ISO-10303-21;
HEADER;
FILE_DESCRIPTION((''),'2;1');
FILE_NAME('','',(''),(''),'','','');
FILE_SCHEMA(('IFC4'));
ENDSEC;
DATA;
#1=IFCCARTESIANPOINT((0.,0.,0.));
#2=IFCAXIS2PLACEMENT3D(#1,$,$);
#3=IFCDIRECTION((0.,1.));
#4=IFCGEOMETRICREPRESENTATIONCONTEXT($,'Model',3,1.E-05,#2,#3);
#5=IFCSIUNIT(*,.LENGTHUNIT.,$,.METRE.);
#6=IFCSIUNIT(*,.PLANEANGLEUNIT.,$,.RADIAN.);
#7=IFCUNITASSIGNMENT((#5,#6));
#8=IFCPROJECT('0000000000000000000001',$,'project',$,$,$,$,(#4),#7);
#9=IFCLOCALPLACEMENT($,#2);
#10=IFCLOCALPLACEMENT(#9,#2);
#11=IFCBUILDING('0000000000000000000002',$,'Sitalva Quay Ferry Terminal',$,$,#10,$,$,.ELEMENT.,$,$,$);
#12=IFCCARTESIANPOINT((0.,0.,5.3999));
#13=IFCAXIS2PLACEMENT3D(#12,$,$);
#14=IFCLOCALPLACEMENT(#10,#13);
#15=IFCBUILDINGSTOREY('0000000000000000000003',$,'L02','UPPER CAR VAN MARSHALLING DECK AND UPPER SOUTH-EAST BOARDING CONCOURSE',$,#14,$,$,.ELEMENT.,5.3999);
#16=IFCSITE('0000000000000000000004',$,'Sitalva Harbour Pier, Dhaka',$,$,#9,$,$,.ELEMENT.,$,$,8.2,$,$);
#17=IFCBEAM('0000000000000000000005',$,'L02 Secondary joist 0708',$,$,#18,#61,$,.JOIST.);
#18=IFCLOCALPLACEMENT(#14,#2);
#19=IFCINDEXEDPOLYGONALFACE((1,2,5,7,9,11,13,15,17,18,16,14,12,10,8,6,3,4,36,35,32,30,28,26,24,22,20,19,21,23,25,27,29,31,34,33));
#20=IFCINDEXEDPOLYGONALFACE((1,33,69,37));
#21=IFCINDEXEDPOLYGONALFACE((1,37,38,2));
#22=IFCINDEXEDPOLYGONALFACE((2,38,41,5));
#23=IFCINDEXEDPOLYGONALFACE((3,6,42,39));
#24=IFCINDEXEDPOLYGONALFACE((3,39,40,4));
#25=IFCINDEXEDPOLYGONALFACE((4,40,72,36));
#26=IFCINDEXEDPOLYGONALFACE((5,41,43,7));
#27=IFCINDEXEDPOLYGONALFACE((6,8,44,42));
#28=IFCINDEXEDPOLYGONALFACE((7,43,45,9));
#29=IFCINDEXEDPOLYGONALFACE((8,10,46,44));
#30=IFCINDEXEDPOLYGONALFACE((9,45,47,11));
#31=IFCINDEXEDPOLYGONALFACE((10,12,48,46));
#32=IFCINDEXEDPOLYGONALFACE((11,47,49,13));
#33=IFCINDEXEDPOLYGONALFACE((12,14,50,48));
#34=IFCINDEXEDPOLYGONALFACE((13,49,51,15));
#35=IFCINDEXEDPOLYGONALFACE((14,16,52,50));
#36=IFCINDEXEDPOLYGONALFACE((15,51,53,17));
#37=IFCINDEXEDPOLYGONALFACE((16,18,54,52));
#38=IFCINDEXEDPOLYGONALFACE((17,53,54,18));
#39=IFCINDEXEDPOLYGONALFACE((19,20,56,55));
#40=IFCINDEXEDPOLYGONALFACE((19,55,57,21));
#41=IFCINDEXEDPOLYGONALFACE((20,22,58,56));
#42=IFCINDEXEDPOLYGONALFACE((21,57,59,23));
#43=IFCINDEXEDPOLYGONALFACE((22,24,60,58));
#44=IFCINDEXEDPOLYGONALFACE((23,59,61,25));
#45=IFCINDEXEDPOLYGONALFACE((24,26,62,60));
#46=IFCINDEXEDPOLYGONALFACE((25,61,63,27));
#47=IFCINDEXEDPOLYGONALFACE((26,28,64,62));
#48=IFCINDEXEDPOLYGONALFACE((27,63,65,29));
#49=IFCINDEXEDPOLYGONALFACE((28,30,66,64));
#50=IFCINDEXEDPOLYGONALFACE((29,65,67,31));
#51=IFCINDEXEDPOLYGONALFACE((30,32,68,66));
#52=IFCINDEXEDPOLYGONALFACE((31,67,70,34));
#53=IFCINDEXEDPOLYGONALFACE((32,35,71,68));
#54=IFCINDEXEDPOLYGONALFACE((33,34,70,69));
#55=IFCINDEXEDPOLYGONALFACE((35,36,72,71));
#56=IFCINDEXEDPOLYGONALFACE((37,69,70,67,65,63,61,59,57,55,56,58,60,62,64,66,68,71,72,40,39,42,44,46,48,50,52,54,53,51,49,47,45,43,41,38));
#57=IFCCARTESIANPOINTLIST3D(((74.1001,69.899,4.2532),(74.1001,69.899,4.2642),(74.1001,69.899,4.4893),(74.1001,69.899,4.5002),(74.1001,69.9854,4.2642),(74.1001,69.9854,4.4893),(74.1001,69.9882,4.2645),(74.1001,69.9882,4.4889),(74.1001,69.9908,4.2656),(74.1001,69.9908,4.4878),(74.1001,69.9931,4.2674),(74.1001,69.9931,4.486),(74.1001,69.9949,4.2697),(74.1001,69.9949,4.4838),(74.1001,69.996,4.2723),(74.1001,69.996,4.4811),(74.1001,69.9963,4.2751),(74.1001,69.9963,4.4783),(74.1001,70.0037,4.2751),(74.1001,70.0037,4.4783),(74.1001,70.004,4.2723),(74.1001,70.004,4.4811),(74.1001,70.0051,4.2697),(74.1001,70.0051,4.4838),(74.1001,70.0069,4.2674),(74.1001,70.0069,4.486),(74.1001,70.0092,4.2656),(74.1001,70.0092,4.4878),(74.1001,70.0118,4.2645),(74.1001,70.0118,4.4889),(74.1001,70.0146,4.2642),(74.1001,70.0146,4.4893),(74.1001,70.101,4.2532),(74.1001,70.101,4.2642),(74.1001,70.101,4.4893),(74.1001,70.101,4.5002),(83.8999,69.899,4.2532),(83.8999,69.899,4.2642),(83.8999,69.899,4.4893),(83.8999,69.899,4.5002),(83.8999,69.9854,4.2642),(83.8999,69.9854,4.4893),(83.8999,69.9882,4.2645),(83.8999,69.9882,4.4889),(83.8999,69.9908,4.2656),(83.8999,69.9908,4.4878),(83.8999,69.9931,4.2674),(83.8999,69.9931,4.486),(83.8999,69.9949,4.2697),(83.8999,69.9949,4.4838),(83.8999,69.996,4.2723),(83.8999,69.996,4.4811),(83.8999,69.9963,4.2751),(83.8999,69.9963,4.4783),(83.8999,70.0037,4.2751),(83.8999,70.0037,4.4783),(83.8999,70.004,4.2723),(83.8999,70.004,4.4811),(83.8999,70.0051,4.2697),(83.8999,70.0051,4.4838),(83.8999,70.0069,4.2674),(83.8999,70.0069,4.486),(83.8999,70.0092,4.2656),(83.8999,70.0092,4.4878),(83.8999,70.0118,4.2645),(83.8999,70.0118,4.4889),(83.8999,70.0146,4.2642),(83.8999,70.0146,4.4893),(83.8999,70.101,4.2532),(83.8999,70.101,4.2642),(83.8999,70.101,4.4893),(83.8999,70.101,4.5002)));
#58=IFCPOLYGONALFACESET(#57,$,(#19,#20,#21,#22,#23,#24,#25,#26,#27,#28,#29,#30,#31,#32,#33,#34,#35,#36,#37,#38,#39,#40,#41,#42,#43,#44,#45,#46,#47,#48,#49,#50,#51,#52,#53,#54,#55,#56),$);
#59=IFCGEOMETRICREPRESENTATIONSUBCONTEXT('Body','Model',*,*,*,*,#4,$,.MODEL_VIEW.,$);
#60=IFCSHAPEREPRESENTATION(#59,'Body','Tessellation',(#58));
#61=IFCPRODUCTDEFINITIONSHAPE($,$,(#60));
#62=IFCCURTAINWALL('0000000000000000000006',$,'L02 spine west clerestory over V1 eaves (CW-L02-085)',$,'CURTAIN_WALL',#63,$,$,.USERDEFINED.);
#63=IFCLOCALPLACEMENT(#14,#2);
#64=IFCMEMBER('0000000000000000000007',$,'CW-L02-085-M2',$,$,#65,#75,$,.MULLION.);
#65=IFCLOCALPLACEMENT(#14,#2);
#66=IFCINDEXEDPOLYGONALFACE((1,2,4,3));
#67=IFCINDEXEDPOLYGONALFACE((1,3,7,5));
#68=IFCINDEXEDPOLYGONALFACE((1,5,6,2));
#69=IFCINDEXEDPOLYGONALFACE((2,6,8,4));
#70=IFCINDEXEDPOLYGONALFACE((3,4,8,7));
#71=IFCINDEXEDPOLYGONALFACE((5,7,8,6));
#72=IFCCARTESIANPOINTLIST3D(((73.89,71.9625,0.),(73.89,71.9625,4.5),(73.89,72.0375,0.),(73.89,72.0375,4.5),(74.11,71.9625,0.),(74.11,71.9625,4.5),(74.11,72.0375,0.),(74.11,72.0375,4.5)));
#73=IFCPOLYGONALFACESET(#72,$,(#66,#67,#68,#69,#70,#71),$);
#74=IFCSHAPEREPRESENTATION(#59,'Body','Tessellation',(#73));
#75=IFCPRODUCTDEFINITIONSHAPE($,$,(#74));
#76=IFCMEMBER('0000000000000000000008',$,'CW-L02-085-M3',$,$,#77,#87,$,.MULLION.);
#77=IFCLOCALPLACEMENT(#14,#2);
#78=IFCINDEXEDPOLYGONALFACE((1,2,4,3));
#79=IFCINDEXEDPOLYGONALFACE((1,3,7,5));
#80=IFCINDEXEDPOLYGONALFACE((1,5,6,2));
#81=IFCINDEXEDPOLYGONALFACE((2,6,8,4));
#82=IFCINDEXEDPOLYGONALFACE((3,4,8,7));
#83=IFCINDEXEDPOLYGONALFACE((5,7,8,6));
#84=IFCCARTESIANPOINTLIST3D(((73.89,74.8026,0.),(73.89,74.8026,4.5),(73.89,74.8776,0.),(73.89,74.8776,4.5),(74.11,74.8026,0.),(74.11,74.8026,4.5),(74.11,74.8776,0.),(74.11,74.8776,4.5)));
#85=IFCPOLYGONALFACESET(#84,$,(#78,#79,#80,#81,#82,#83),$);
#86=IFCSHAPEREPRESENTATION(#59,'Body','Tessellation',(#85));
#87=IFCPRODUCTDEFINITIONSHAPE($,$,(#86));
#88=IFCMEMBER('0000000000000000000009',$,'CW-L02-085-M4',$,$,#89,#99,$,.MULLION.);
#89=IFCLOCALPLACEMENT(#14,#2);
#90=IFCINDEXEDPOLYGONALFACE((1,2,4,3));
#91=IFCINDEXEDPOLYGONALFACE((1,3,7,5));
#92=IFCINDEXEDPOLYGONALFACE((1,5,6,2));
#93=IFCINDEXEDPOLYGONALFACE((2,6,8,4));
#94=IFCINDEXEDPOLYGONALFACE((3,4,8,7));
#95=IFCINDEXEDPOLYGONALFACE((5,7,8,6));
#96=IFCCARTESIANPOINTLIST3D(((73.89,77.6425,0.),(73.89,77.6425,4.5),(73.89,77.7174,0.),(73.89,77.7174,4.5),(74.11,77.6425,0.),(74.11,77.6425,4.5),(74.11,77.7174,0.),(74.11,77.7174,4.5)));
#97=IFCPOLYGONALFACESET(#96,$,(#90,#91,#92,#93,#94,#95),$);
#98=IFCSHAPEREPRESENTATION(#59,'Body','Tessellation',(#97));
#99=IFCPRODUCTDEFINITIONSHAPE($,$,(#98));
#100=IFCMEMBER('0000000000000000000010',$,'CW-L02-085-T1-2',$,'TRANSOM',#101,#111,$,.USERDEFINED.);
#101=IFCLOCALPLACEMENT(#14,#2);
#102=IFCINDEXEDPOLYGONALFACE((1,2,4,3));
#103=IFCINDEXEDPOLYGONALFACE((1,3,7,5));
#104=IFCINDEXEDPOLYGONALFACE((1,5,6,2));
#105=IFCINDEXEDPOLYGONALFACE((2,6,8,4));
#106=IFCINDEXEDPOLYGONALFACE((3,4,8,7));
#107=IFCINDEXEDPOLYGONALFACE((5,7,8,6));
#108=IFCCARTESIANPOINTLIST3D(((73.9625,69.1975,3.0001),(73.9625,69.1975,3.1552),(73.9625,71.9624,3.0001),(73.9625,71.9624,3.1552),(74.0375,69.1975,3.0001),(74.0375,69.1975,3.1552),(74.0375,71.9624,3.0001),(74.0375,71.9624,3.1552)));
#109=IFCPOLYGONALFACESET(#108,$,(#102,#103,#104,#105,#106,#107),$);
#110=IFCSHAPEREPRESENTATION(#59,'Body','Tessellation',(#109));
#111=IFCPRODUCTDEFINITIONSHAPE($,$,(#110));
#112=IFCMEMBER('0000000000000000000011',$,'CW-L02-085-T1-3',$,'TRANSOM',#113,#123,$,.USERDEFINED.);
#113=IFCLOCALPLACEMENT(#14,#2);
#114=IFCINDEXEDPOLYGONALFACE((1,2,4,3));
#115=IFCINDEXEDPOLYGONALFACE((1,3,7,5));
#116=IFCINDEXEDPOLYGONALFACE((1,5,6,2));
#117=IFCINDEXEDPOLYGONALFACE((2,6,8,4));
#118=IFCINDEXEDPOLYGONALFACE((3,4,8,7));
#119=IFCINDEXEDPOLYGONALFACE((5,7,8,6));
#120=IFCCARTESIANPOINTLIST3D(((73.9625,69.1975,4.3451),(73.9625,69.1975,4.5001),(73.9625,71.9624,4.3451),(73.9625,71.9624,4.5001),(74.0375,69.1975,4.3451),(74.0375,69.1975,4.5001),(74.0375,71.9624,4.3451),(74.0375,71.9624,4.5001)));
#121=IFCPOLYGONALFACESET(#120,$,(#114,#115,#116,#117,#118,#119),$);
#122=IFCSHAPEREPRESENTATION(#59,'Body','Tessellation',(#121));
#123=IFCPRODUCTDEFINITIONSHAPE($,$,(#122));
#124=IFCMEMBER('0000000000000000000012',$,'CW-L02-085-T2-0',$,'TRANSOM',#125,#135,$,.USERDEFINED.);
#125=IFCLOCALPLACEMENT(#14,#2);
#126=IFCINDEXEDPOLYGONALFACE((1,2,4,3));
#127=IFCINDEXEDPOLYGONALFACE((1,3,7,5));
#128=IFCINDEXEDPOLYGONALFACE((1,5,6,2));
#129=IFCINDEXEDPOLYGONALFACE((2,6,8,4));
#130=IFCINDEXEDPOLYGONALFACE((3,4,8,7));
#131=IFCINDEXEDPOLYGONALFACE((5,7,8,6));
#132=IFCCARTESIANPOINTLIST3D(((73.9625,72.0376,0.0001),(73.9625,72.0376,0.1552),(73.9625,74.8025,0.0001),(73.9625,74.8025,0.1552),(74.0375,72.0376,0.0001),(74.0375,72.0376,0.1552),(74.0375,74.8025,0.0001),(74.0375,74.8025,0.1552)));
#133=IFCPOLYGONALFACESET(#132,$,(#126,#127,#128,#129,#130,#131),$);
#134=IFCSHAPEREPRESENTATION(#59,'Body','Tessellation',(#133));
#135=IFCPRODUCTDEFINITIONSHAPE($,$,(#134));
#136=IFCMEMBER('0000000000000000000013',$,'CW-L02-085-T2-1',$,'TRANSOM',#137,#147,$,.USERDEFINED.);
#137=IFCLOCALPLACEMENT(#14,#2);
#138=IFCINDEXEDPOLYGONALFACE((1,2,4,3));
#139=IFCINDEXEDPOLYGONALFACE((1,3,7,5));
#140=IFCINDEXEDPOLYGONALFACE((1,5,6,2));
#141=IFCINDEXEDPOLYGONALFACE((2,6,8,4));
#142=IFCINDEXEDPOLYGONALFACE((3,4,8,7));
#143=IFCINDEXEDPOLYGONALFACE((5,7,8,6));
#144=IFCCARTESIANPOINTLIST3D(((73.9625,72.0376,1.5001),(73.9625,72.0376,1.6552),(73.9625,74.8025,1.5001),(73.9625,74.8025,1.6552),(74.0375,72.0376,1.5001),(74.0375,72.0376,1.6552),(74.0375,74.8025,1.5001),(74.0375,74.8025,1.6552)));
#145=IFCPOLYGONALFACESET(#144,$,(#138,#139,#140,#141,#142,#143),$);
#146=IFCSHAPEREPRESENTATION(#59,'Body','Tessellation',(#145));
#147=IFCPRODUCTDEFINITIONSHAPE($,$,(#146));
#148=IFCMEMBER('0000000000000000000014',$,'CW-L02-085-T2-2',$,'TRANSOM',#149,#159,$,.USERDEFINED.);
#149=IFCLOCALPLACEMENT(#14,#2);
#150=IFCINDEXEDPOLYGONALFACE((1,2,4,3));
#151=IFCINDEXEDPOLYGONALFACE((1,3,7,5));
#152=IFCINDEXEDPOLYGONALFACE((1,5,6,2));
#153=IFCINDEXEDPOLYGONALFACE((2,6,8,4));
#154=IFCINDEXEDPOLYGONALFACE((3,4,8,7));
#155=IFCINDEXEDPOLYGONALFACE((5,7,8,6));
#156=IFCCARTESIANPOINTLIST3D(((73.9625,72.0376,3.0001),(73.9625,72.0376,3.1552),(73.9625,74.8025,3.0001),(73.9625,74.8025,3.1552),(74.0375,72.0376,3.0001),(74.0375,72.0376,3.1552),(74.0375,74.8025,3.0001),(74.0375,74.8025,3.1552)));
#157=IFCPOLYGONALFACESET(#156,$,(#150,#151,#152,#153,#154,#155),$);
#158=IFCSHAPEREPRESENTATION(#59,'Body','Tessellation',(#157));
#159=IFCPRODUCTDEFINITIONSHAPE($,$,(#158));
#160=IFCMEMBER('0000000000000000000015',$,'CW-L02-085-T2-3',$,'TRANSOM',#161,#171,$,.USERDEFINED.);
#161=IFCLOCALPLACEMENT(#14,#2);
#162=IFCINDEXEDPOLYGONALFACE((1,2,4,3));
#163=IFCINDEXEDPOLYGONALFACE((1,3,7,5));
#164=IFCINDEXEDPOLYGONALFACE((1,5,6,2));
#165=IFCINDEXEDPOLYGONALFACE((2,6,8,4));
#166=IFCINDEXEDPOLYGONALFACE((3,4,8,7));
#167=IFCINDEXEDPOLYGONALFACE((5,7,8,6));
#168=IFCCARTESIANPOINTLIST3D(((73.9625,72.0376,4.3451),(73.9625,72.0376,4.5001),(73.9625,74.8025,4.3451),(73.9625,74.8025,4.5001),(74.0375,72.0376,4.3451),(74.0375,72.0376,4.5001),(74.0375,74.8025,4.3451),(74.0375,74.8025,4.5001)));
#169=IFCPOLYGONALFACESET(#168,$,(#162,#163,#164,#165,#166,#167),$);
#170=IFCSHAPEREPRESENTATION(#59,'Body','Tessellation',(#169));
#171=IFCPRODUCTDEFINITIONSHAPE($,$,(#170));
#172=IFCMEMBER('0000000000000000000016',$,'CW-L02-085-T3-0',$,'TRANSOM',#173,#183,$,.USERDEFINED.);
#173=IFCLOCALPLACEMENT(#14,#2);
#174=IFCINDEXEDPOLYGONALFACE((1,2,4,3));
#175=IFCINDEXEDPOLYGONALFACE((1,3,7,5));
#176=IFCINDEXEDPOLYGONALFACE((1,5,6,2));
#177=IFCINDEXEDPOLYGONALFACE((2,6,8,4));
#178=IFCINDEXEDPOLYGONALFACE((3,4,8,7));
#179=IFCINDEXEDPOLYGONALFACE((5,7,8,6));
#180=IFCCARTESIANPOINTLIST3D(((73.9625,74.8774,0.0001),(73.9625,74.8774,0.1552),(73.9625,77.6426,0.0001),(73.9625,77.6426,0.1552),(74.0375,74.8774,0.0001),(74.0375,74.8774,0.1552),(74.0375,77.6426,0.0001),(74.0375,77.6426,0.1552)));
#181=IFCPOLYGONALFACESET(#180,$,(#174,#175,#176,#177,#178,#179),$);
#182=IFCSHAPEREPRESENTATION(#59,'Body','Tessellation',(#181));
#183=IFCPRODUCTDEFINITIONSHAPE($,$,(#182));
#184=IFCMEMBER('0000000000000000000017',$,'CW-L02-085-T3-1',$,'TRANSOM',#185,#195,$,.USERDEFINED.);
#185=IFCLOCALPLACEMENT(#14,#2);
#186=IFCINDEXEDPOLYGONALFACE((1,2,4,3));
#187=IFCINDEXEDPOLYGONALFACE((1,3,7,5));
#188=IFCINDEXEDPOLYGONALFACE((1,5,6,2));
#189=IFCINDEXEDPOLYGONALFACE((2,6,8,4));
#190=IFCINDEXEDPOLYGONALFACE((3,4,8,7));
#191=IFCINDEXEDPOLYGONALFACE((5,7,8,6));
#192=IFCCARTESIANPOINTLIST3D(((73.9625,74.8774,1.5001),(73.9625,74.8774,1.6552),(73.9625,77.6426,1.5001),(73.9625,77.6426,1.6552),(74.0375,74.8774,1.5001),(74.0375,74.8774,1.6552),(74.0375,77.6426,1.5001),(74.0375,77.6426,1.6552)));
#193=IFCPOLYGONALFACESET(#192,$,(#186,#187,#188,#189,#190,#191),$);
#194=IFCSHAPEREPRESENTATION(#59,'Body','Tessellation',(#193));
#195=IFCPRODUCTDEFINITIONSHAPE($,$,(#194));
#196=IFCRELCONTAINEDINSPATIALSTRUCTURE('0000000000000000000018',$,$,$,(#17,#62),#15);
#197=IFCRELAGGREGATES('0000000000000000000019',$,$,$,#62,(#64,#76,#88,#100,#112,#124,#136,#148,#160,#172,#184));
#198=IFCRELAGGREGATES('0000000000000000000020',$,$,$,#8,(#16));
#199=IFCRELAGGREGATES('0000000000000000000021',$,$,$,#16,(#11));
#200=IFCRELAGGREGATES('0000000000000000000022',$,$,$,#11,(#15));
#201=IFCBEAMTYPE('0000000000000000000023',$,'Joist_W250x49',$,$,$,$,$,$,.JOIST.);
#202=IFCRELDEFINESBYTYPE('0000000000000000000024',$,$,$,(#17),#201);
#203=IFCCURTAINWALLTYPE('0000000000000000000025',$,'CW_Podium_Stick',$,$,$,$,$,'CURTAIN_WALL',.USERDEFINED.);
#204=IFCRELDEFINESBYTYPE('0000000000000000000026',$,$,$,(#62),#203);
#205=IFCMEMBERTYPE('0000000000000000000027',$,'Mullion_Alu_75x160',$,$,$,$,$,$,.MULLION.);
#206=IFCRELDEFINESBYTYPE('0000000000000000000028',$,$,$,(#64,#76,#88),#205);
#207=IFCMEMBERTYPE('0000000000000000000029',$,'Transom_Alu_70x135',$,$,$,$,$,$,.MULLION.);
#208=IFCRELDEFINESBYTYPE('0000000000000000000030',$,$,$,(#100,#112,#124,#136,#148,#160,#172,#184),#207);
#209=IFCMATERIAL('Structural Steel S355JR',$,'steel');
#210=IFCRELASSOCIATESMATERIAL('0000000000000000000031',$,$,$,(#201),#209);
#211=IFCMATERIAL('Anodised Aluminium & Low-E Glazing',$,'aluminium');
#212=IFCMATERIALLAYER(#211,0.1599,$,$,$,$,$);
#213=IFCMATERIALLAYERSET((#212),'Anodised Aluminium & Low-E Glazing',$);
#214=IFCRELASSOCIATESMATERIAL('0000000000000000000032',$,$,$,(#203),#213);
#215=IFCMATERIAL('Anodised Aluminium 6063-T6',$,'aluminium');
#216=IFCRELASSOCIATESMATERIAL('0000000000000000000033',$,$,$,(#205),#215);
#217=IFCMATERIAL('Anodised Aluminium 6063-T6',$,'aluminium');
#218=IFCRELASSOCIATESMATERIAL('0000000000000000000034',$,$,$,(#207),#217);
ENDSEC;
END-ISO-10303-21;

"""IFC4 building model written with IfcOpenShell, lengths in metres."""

from ifc_helpers import new_model, si_unit, direction, frame, origin, origin_2d, place, context, subcontext, project, spatial, rectangle, i_section, extrude, material, layer, layer_set, material_profile, profile_set, type_object, element, aggregate, save


model = new_model("IFC4")

# Units and contexts
model_context = context("Model", 3, precision=1e-05, world=origin(), true_north=direction((0.0, 1.0)))
body_context = subcontext(model_context, "Body", "Model", "MODEL_VIEW")
ifc_project = project(units=[si_unit("LENGTHUNIT", "METRE"), si_unit("PLANEANGLEUNIT", "RADIAN")], contexts=[model_context])

# Site, building, storey
site_placement = place(None, origin())
site = spatial("IfcSite", under=ifc_project, at=site_placement, Name="Sitalva Harbour Pier, Dhaka", CompositionType="ELEMENT", RefElevation=8.2)
building_placement = place(site_placement, origin())
building = spatial("IfcBuilding", under=site, at=building_placement, Name="Sitalva Quay Ferry Terminal", CompositionType="ELEMENT")
storey_placement = place(building_placement, frame((0.0, 0.0, 5.3999)))
storey = spatial("IfcBuildingStorey", under=building, at=storey_placement, Name="L02", Description="UPPER CAR VAN MARSHALLING DECK AND UPPER SOUTH-EAST BOARDING CONCOURSE", CompositionType="ELEMENT", Elevation=5.3999)

# Beam
ifc_material_1 = material(Name="Structural Steel S355JR", Category="steel")
ifc_material_profile_1 = material_profile(ifc_material_1, i_section(OverallWidth=0.2019, OverallDepth=0.2471, WebThickness=0.0073, FlangeThickness=0.011, FilletRadius=0.011, at=origin_2d()), Name="W250x49")
ifc_profile_set_1 = profile_set([ifc_material_profile_1], Name="Structural Steel S355JR")
beam_type = type_object("IfcBeamType", Name="Joist_W250x49", PredefinedType="JOIST", material=ifc_profile_set_1)
beam_placement = place(storey_placement, frame((74.1001, 70.0, 4.3767), z_axis=(1.0, 0.0, 0.0), x_axis=(0.0, 1.0, 0.0)))
element("IfcBeam", 1, at=beam_placement, inside=storey, type_object=beam_type, Name="L02 Secondary joist 0708", PredefinedType="JOIST", context=body_context, shape_type="SweptSolid", body=[
    extrude(i_section(OverallWidth=0.2019, OverallDepth=0.2471, WebThickness=0.0073, FlangeThickness=0.011, FilletRadius=0.011, at=origin_2d()), origin(), (0.0, 0.0, 1.0), 9.7998),
])

# Curtain wall, members
ifc_material_2 = material(Name="Anodised Aluminium & Low-E Glazing", Category="aluminium")
ifc_layer_1 = layer(ifc_material_2, 0.1599)
ifc_layer_set_1 = layer_set([ifc_layer_1], Name="Anodised Aluminium & Low-E Glazing")
curtain_wall_type = type_object("IfcCurtainWallType", Name="CW_Podium_Stick", ElementType="CURTAIN_WALL", PredefinedType="USERDEFINED", material=ifc_layer_set_1)
curtain_wall_placement = place(storey_placement, origin())
curtain_wall = element("IfcCurtainWall", 2, at=curtain_wall_placement, inside=storey, type_object=curtain_wall_type, Name="L02 spine west clerestory over V1 eaves (CW-L02-085)", ObjectType="CURTAIN_WALL", PredefinedType="USERDEFINED")
ifc_material_3 = material(Name="Anodised Aluminium 6063-T6", Category="aluminium")
ifc_material_profile_2 = material_profile(ifc_material_3, rectangle(XDim=0.075, YDim=0.22, at=origin_2d()), Name="ALU75x220")
ifc_profile_set_2 = profile_set([ifc_material_profile_2], Name="Anodised Aluminium 6063-T6")
member_type_1 = type_object("IfcMemberType", Name="Mullion_Alu_75x160", PredefinedType="MULLION", material=ifc_profile_set_2)
member_1_placement = place(storey_placement, frame((74.0, 72.0, 0.0), z_axis=(0.0, 0.0, 1.0), x_axis=(0.0, 1.0, 0.0)))
member_1 = element("IfcMember", 3, at=member_1_placement, type_object=member_type_1, Name="CW-L02-085-M2", PredefinedType="MULLION", context=body_context, shape_type="SweptSolid", body=[
    extrude(rectangle(XDim=0.075, YDim=0.22, at=origin_2d()), origin(), (0.0, 0.0, 1.0), 4.5),
])
member_2_placement = place(storey_placement, frame((74.0, 74.8401, 0.0), z_axis=(0.0, 0.0, 1.0), x_axis=(0.0, 1.0, 0.0)))
member_2 = element("IfcMember", 4, at=member_2_placement, type_object=member_type_1, Name="CW-L02-085-M3", PredefinedType="MULLION", context=body_context, shape_type="SweptSolid", body=[
    extrude(rectangle(XDim=0.075, YDim=0.22, at=origin_2d()), origin(), (0.0, 0.0, 1.0), 4.5),
])
member_3_placement = place(storey_placement, frame((74.0, 77.6799, 0.0), z_axis=(0.0, 0.0, 1.0), x_axis=(0.0, 1.0, 0.0)))
member_3 = element("IfcMember", 5, at=member_3_placement, type_object=member_type_1, Name="CW-L02-085-M4", PredefinedType="MULLION", context=body_context, shape_type="SweptSolid", body=[
    extrude(rectangle(XDim=0.075, YDim=0.22, at=origin_2d()), origin(), (0.0, 0.0, 1.0), 4.5),
])
ifc_material_4 = material(Name="Anodised Aluminium 6063-T6", Category="aluminium")
ifc_material_profile_3 = material_profile(ifc_material_4, rectangle(XDim=0.075, YDim=0.155, at=origin_2d()), Name="ALU75x155")
ifc_profile_set_3 = profile_set([ifc_material_profile_3], Name="Anodised Aluminium 6063-T6")
member_type_2 = type_object("IfcMemberType", Name="Transom_Alu_70x135", PredefinedType="MULLION", material=ifc_profile_set_3)
member_4_placement = place(storey_placement, frame((74.0, 69.1975, 3.0776), z_axis=(0.0, 1.0, 0.0), x_axis=(-1.0, 0.0, 0.0)))
member_4 = element("IfcMember", 6, at=member_4_placement, type_object=member_type_2, Name="CW-L02-085-T1-2", ObjectType="TRANSOM", PredefinedType="USERDEFINED", context=body_context, shape_type="SweptSolid", body=[
    extrude(rectangle(XDim=0.075, YDim=0.155, at=origin_2d()), origin(), (0.0, 0.0, 1.0), 2.7649),
])
member_5_placement = place(storey_placement, frame((74.0, 69.1975, 4.4226), z_axis=(0.0, 1.0, 0.0), x_axis=(-1.0, 0.0, 0.0)))
member_5 = element("IfcMember", 7, at=member_5_placement, type_object=member_type_2, Name="CW-L02-085-T1-3", ObjectType="TRANSOM", PredefinedType="USERDEFINED", context=body_context, shape_type="SweptSolid", body=[
    extrude(rectangle(XDim=0.075, YDim=0.155, at=origin_2d()), origin(), (0.0, 0.0, 1.0), 2.7649),
])
member_6_placement = place(storey_placement, frame((74.0, 72.0376, 0.0776), z_axis=(0.0, 1.0, 0.0), x_axis=(-1.0, 0.0, 0.0)))
member_6 = element("IfcMember", 8, at=member_6_placement, type_object=member_type_2, Name="CW-L02-085-T2-0", ObjectType="TRANSOM", PredefinedType="USERDEFINED", context=body_context, shape_type="SweptSolid", body=[
    extrude(rectangle(XDim=0.075, YDim=0.155, at=origin_2d()), origin(), (0.0, 0.0, 1.0), 2.7649),
])
member_7_placement = place(storey_placement, frame((74.0, 72.0376, 1.5776), z_axis=(0.0, 1.0, 0.0), x_axis=(-1.0, 0.0, 0.0)))
member_7 = element("IfcMember", 9, at=member_7_placement, type_object=member_type_2, Name="CW-L02-085-T2-1", ObjectType="TRANSOM", PredefinedType="USERDEFINED", context=body_context, shape_type="SweptSolid", body=[
    extrude(rectangle(XDim=0.075, YDim=0.155, at=origin_2d()), origin(), (0.0, 0.0, 1.0), 2.7649),
])
member_8_placement = place(storey_placement, frame((74.0, 72.0376, 3.0776), z_axis=(0.0, 1.0, 0.0), x_axis=(-1.0, 0.0, 0.0)))
member_8 = element("IfcMember", 10, at=member_8_placement, type_object=member_type_2, Name="CW-L02-085-T2-2", ObjectType="TRANSOM", PredefinedType="USERDEFINED", context=body_context, shape_type="SweptSolid", body=[
    extrude(rectangle(XDim=0.075, YDim=0.155, at=origin_2d()), origin(), (0.0, 0.0, 1.0), 2.7649),
])
member_9_placement = place(storey_placement, frame((74.0, 72.0376, 4.4226), z_axis=(0.0, 1.0, 0.0), x_axis=(-1.0, 0.0, 0.0)))
member_9 = element("IfcMember", 11, at=member_9_placement, type_object=member_type_2, Name="CW-L02-085-T2-3", ObjectType="TRANSOM", PredefinedType="USERDEFINED", context=body_context, shape_type="SweptSolid", body=[
    extrude(rectangle(XDim=0.075, YDim=0.155, at=origin_2d()), origin(), (0.0, 0.0, 1.0), 2.7649),
])
member_10_placement = place(storey_placement, frame((74.0, 74.8774, 0.0776), z_axis=(0.0, 1.0, 0.0), x_axis=(-1.0, 0.0, 0.0)))
member_10 = element("IfcMember", 12, at=member_10_placement, type_object=member_type_2, Name="CW-L02-085-T3-0", ObjectType="TRANSOM", PredefinedType="USERDEFINED", context=body_context, shape_type="SweptSolid", body=[
    extrude(rectangle(XDim=0.075, YDim=0.155, at=origin_2d()), origin(), (0.0, 0.0, 1.0), 2.7651),
])
member_11_placement = place(storey_placement, frame((74.0, 74.8774, 1.5776), z_axis=(0.0, 1.0, 0.0), x_axis=(-1.0, 0.0, 0.0)))
member_11 = element("IfcMember", 13, at=member_11_placement, type_object=member_type_2, Name="CW-L02-085-T3-1", ObjectType="TRANSOM", PredefinedType="USERDEFINED", context=body_context, shape_type="SweptSolid", body=[
    extrude(rectangle(XDim=0.075, YDim=0.155, at=origin_2d()), origin(), (0.0, 0.0, 1.0), 2.7651),
])
aggregate(curtain_wall, [member_1, member_2, member_3, member_4, member_5, member_6, member_7, member_8, member_9, member_10, member_11])

save(model, "model.ifc")
